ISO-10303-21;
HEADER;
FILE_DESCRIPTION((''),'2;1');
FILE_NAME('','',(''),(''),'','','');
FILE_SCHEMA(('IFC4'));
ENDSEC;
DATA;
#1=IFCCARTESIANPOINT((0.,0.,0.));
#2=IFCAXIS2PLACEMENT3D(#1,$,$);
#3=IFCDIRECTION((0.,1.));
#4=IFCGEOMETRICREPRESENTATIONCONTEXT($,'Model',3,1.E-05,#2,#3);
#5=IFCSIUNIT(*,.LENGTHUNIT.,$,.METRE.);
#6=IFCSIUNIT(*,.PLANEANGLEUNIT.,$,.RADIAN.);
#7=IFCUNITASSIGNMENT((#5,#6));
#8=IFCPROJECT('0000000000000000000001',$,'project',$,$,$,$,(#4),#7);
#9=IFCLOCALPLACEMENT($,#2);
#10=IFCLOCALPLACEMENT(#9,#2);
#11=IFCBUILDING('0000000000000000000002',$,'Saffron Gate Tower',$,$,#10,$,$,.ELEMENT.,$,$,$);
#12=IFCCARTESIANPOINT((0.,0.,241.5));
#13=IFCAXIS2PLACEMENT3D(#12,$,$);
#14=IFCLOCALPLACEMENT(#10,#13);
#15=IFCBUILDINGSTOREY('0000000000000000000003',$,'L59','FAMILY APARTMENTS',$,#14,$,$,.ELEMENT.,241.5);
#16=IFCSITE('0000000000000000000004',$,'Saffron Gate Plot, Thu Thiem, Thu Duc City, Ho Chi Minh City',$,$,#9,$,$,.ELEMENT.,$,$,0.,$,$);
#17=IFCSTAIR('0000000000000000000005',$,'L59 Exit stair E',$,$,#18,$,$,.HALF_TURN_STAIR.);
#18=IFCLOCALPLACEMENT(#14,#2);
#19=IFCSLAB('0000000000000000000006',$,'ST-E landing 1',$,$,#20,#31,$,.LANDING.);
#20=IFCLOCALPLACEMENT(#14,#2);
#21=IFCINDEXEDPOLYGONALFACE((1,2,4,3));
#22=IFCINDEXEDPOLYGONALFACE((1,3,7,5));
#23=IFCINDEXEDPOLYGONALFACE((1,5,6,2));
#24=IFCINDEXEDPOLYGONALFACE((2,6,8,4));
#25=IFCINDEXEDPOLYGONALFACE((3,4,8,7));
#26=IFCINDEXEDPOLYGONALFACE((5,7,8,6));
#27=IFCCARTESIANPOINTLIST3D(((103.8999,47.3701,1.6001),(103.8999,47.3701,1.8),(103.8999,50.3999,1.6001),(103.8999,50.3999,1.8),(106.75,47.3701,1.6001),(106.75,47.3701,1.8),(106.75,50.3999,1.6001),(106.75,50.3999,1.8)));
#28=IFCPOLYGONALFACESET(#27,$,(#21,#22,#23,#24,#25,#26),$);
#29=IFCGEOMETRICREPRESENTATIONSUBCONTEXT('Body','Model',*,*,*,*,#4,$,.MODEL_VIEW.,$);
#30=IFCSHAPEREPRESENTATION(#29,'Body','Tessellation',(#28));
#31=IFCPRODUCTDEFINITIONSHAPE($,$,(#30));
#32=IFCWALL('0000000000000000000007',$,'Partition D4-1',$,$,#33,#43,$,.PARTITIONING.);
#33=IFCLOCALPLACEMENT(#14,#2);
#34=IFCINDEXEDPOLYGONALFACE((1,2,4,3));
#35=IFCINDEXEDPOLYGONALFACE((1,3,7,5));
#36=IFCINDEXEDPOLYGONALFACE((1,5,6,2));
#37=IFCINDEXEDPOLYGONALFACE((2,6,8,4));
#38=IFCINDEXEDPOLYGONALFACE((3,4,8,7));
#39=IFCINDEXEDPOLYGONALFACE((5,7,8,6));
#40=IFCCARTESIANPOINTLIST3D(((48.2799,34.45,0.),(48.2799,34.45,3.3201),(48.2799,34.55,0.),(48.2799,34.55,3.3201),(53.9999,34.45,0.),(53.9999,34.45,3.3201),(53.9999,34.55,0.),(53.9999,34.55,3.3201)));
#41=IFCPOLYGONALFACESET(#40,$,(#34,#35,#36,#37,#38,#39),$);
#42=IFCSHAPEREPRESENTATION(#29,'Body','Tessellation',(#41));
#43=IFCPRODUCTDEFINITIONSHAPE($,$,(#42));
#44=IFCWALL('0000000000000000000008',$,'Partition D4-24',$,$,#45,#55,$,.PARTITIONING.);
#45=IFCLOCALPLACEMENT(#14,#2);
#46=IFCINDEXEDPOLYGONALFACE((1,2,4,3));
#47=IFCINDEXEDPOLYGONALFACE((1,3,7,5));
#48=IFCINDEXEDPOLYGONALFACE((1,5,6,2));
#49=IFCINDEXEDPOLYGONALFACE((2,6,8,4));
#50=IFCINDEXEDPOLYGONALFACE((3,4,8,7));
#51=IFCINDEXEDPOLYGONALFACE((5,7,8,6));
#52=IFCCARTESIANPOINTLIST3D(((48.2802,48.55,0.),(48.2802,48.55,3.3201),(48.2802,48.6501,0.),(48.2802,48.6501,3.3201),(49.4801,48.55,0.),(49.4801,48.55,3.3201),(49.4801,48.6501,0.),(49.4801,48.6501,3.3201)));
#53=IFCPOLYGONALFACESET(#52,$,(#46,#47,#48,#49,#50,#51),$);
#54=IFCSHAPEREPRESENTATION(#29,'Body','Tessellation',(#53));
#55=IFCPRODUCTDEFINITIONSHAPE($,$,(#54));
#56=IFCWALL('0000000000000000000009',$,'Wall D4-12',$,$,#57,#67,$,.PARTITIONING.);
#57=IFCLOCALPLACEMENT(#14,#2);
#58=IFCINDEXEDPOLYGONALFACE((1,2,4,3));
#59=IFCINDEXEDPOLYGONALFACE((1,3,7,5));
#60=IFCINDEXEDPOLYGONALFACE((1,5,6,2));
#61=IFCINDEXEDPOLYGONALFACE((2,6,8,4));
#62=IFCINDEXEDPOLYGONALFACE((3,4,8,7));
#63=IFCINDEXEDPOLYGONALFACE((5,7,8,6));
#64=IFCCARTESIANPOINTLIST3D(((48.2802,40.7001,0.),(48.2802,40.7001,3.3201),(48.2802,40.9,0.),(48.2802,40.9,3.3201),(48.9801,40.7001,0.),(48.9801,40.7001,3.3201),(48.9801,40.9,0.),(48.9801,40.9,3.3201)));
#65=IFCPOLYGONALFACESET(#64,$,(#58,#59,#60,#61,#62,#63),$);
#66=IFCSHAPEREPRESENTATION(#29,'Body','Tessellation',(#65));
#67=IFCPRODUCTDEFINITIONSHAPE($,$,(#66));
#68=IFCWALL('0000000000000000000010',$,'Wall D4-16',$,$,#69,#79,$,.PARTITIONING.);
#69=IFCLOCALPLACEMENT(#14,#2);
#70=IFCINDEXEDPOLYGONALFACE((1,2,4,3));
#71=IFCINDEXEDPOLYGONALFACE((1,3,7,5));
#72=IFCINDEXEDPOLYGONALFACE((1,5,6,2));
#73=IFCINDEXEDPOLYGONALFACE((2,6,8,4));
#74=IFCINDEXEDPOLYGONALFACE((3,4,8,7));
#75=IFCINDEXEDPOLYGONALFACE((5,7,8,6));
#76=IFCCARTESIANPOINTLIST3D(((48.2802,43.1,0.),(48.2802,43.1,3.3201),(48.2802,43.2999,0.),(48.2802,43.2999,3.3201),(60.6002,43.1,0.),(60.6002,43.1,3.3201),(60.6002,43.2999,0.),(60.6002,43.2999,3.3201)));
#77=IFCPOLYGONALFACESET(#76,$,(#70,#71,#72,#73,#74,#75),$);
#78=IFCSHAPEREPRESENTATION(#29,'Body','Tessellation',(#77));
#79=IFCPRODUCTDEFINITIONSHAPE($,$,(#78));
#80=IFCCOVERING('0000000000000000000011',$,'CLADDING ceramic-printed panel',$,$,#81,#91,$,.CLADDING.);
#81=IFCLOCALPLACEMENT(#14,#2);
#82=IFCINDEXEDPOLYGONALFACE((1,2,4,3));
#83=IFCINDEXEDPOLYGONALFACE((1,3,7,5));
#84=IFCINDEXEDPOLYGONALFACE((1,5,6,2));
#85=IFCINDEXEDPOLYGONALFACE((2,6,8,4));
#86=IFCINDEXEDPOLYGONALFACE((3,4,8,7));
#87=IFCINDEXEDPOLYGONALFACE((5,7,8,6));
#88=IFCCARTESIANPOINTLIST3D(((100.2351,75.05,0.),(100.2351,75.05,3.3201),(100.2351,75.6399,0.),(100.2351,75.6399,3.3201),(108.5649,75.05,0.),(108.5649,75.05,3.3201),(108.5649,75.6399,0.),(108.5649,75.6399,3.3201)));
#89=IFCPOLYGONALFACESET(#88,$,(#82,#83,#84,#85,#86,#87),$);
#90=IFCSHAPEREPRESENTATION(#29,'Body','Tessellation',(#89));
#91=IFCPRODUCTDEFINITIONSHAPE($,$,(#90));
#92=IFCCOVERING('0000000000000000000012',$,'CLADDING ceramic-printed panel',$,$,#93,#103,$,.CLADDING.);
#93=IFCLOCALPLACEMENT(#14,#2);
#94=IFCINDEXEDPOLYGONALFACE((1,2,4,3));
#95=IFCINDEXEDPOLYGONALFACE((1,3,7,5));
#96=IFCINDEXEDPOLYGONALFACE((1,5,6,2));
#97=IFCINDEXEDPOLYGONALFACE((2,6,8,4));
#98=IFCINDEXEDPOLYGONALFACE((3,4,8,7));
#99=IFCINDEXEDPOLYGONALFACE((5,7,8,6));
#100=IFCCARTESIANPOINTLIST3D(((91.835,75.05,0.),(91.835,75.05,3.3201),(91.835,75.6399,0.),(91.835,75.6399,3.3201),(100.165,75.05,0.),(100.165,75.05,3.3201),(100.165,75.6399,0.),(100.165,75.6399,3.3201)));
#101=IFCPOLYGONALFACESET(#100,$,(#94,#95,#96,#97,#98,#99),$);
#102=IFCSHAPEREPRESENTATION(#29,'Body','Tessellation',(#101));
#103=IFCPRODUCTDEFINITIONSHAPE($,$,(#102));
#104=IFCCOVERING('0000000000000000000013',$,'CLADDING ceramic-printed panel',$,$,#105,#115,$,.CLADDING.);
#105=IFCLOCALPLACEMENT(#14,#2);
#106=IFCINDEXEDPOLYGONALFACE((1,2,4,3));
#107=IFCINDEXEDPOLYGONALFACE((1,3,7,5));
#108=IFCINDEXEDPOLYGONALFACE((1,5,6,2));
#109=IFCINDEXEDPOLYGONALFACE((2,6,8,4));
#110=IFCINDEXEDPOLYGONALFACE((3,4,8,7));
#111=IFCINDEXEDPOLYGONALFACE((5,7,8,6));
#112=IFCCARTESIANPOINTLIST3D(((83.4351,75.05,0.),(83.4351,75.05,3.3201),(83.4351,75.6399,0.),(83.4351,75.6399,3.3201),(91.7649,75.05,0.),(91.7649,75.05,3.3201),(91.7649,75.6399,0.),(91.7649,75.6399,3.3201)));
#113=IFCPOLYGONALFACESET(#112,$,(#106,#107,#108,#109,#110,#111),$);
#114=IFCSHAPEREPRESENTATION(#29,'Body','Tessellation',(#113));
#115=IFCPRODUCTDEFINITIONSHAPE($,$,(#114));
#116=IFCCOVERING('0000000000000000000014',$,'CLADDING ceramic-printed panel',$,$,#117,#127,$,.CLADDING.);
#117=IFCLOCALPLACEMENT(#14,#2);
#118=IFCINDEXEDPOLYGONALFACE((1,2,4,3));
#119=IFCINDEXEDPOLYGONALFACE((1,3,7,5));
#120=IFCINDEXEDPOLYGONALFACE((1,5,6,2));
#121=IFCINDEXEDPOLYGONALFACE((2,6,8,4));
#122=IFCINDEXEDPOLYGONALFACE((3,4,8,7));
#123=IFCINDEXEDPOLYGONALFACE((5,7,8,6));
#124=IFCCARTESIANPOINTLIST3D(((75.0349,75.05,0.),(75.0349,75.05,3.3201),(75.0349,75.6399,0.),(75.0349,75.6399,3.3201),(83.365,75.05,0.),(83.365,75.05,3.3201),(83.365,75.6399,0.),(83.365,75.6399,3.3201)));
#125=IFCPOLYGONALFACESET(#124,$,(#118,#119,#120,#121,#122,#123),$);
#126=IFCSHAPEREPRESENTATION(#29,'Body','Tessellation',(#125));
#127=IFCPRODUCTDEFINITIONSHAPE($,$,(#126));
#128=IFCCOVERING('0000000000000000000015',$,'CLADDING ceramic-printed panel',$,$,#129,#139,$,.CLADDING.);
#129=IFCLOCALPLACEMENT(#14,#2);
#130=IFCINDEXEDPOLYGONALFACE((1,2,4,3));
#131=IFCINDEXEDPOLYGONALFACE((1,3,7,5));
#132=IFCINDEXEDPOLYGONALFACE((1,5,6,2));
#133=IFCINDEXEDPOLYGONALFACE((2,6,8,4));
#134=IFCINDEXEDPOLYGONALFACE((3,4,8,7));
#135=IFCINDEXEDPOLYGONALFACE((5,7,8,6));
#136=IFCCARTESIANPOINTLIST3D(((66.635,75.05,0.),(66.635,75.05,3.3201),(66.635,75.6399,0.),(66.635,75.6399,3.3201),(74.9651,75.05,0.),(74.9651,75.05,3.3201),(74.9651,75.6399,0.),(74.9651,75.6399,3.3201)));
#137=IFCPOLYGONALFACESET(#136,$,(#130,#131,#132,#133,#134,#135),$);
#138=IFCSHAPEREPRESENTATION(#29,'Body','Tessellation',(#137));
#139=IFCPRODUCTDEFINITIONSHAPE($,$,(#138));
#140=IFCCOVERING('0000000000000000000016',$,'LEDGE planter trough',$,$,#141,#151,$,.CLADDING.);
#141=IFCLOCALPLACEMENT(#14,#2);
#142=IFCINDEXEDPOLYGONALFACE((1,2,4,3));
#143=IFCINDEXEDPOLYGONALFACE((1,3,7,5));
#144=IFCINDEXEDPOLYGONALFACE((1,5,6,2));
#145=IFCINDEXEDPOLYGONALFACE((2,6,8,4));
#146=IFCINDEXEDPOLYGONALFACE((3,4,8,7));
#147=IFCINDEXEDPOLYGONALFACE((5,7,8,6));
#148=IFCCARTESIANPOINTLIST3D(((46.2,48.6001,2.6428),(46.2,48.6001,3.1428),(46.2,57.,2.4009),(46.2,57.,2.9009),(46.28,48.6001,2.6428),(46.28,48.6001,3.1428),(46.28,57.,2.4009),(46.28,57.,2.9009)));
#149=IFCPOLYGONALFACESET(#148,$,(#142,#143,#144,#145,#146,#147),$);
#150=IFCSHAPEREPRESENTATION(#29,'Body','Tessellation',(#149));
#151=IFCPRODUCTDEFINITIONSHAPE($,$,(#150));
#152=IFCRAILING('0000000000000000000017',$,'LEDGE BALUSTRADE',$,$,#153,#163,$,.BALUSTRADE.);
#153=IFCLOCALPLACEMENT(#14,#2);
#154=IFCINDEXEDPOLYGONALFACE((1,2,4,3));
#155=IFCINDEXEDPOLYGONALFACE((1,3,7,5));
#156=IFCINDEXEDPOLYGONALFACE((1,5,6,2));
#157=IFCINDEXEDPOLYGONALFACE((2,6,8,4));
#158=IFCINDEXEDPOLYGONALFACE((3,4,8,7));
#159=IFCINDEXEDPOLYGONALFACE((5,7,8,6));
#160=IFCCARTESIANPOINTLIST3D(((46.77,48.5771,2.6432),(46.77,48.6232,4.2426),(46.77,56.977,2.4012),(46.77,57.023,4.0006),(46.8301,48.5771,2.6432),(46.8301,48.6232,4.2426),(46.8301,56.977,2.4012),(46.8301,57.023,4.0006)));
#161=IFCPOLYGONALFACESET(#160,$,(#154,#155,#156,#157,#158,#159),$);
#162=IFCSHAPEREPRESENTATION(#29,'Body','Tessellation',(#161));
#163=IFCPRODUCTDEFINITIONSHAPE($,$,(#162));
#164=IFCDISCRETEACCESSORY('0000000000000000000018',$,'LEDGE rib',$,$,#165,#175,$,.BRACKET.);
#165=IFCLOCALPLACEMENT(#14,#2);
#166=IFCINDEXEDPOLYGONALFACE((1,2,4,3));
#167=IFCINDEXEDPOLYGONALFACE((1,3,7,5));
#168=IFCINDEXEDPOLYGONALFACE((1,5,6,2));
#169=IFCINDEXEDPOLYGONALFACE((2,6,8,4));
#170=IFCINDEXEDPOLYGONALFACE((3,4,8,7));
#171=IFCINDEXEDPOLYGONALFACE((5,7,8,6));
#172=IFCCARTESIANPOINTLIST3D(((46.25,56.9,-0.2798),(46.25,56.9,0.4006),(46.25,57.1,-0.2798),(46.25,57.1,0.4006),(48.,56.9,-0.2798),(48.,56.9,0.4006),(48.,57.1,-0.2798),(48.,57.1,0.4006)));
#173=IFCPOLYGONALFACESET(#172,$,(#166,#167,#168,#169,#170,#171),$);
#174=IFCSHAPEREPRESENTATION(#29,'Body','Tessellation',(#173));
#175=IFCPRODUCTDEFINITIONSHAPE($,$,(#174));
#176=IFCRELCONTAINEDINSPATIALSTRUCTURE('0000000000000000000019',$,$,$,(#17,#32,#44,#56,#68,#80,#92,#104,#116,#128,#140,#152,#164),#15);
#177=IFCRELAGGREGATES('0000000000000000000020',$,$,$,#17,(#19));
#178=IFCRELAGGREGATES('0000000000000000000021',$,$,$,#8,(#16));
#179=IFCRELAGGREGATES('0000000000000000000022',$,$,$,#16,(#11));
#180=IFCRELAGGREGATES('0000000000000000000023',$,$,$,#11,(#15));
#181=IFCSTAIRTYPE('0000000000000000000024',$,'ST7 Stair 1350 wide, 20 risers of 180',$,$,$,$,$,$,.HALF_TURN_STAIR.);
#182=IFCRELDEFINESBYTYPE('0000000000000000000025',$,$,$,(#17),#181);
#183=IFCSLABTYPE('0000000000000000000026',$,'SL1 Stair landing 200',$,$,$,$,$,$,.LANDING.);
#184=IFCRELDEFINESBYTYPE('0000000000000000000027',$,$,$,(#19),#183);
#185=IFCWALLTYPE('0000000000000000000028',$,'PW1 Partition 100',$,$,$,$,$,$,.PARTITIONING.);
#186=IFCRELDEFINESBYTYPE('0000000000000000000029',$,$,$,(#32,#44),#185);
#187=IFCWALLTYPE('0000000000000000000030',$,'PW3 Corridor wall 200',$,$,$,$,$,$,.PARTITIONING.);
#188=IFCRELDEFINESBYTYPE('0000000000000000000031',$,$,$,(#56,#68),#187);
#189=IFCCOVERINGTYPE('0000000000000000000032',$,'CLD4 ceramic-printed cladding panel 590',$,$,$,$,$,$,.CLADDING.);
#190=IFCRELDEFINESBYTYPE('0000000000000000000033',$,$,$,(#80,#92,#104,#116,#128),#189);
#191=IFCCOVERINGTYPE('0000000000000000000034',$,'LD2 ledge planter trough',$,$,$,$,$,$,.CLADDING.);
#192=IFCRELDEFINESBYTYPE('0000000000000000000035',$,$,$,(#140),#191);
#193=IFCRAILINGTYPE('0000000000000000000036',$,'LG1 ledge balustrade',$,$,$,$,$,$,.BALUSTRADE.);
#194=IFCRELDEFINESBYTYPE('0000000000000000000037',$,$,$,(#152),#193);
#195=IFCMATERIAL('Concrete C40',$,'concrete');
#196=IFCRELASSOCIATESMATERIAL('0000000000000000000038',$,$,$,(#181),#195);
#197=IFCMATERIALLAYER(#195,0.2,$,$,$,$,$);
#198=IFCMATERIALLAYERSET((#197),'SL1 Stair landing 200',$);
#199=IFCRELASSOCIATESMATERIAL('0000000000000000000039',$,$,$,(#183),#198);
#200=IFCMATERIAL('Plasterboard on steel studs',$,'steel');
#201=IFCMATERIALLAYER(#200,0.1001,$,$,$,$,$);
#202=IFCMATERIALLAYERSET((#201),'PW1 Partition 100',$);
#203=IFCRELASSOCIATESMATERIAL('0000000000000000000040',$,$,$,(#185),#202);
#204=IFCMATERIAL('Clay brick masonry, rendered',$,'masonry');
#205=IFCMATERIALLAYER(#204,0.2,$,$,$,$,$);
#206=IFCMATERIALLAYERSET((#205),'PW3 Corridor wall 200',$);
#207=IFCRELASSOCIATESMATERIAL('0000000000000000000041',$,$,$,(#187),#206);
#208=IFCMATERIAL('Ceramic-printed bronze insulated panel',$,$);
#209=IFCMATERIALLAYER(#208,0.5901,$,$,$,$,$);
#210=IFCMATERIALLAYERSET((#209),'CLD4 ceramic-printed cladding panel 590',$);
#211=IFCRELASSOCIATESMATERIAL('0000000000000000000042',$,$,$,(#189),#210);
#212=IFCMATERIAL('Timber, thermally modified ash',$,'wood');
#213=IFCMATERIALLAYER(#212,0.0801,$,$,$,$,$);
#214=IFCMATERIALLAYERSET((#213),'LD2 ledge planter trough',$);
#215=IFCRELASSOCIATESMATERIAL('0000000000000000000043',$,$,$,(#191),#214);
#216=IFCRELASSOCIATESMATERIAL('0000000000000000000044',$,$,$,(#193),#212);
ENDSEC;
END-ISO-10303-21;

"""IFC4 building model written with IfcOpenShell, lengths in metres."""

from ifc_helpers import new_model, si_unit, direction, frame, frame_2d, origin, origin_2d, place, context, subcontext, project, spatial, polyline, rectangle, outline, extrude, material, layer, layer_set, type_object, element, aggregate, save


model = new_model("IFC4")

# Units and contexts
model_context = context("Model", 3, precision=1e-05, world=origin(), true_north=direction((0.0, 1.0)))
body_context = subcontext(model_context, "Body", "Model", "MODEL_VIEW")
ifc_project = project(units=[si_unit("LENGTHUNIT", "METRE"), si_unit("PLANEANGLEUNIT", "RADIAN")], contexts=[model_context])

# Site, building, storey
site_placement = place(None, origin())
site = spatial("IfcSite", under=ifc_project, at=site_placement, Name="Saffron Gate Plot, Thu Thiem, Thu Duc City, Ho Chi Minh City", CompositionType="ELEMENT", RefElevation=0.0)
building_placement = place(site_placement, origin())
building = spatial("IfcBuilding", under=site, at=building_placement, Name="Saffron Gate Tower", CompositionType="ELEMENT")
storey_placement = place(building_placement, frame((0.0, 0.0, 241.5)))
storey = spatial("IfcBuildingStorey", under=building, at=storey_placement, Name="L59", Description="FAMILY APARTMENTS", CompositionType="ELEMENT", Elevation=241.5)

# Shared definitions
ifc_material_1 = material(Name="Concrete C40", Category="concrete")

# Stair, slab
stair_type = type_object("IfcStairType", Name="ST7 Stair 1350 wide, 20 risers of 180", PredefinedType="HALF_TURN_STAIR", material=ifc_material_1)
ifc_layer_1 = layer(ifc_material_1, 0.2)
ifc_layer_set_1 = layer_set([ifc_layer_1], Name="SL1 Stair landing 200")
slab_type_1 = type_object("IfcSlabType", Name="SL1 Stair landing 200", PredefinedType="LANDING", material=ifc_layer_set_1)
stair_1_placement = place(storey_placement, origin())
stair_1 = element("IfcStair", 1, at=stair_1_placement, inside=storey, type_object=stair_type, Name="L59 Exit stair E", PredefinedType="HALF_TURN_STAIR")
slab_1_placement = place(storey_placement, frame((0.0, 0.0, 1.6001)))
slab_1 = element("IfcSlab", 2, at=slab_1_placement, type_object=slab_type_1, Name="ST-E landing 1", PredefinedType="LANDING", context=body_context, shape_type="SweptSolid", body=[
    extrude(outline(polyline([(106.75, 47.3701), (106.75, 50.3999), (103.8999, 50.3999), (103.8999, 47.3701), (106.75, 47.3701)])), origin(), (0.0, 0.0, 1.0), 0.2),
])
aggregate(stair_1, [slab_1])

# Walls
ifc_material_2 = material(Name="Plasterboard on steel studs", Category="steel")
ifc_layer_2 = layer(ifc_material_2, 0.1001)
ifc_layer_set_2 = layer_set([ifc_layer_2], Name="PW1 Partition 100")
wall_type_1 = type_object("IfcWallType", Name="PW1 Partition 100", PredefinedType="PARTITIONING", material=ifc_layer_set_2)
wall_1_placement = place(storey_placement, frame((48.28, 34.5, 0.0), z_axis=(0.0, 0.0, 1.0), x_axis=(1.0, 0.0, 0.0)))
element("IfcWall", 3, at=wall_1_placement, inside=storey, type_object=wall_type_1, Name="Partition D4-1", PredefinedType="PARTITIONING", context=body_context, shape_type="SweptSolid", body=[
    extrude(rectangle(XDim=5.72, YDim=0.1001, at=frame_2d((2.8599, 0.0))), origin(), (0.0, 0.0, 1.0), 3.3201),
])
wall_2_placement = place(storey_placement, frame((48.28, 48.6001, 0.0), z_axis=(0.0, 0.0, 1.0), x_axis=(1.0, 0.0, 0.0)))
element("IfcWall", 4, at=wall_2_placement, inside=storey, type_object=wall_type_1, Name="Partition D4-24", PredefinedType="PARTITIONING", context=body_context, shape_type="SweptSolid", body=[
    extrude(rectangle(XDim=1.2, YDim=0.1001, at=frame_2d((0.6001, 0.0))), origin(), (0.0, 0.0, 1.0), 3.3201),
])
ifc_material_3 = material(Name="Clay brick masonry, rendered", Category="masonry")
ifc_layer_3 = layer(ifc_material_3, 0.2)
ifc_layer_set_3 = layer_set([ifc_layer_3], Name="PW3 Corridor wall 200")
wall_type_2 = type_object("IfcWallType", Name="PW3 Corridor wall 200", PredefinedType="PARTITIONING", material=ifc_layer_set_3)
wall_3_placement = place(storey_placement, frame((48.28, 40.8, 0.0), z_axis=(0.0, 0.0, 1.0), x_axis=(1.0, 0.0, 0.0)))
element("IfcWall", 5, at=wall_3_placement, inside=storey, type_object=wall_type_2, Name="Wall D4-12", PredefinedType="PARTITIONING", context=body_context, shape_type="SweptSolid", body=[
    extrude(rectangle(XDim=0.7, YDim=0.2, at=frame_2d((0.3501, 0.0))), origin(), (0.0, 0.0, 1.0), 3.3201),
])
wall_4_placement = place(storey_placement, frame((48.28, 43.2, 0.0), z_axis=(0.0, 0.0, 1.0), x_axis=(1.0, 0.0, 0.0)))
element("IfcWall", 6, at=wall_4_placement, inside=storey, type_object=wall_type_2, Name="Wall D4-16", PredefinedType="PARTITIONING", context=body_context, shape_type="SweptSolid", body=[
    extrude(rectangle(XDim=12.3201, YDim=0.2, at=frame_2d((6.1602, 0.0))), origin(), (0.0, 0.0, 1.0), 3.3201),
])

# Coverings
ifc_material_4 = material(Name="Ceramic-printed bronze insulated panel")
ifc_layer_4 = layer(ifc_material_4, 0.5901)
ifc_layer_set_4 = layer_set([ifc_layer_4], Name="CLD4 ceramic-printed cladding panel 590")
covering_type_1 = type_object("IfcCoveringType", Name="CLD4 ceramic-printed cladding panel 590", PredefinedType="CLADDING", material=ifc_layer_set_4)
covering_1_placement = place(storey_placement, origin())
element("IfcCovering", 7, at=covering_1_placement, inside=storey, type_object=covering_type_1, Name="CLADDING ceramic-printed panel", PredefinedType="CLADDING", context=body_context, shape_type="SweptSolid", body=[
    extrude(outline(polyline([(108.5649, 75.6399), (100.2351, 75.6399), (100.2351, 75.05), (108.5649, 75.05), (108.5649, 75.6399)])), origin(), (0.0, 0.0, 1.0), 3.3201),
])
covering_2_placement = place(storey_placement, origin())
element("IfcCovering", 8, at=covering_2_placement, inside=storey, type_object=covering_type_1, Name="CLADDING ceramic-printed panel", PredefinedType="CLADDING", context=body_context, shape_type="SweptSolid", body=[
    extrude(outline(polyline([(100.165, 75.6399), (91.835, 75.6399), (91.835, 75.05), (100.165, 75.05), (100.165, 75.6399)])), origin(), (0.0, 0.0, 1.0), 3.3201),
])
covering_3_placement = place(storey_placement, origin())
element("IfcCovering", 9, at=covering_3_placement, inside=storey, type_object=covering_type_1, Name="CLADDING ceramic-printed panel", PredefinedType="CLADDING", context=body_context, shape_type="SweptSolid", body=[
    extrude(outline(polyline([(91.7649, 75.6399), (83.4351, 75.6399), (83.4351, 75.05), (91.7649, 75.05), (91.7649, 75.6399)])), origin(), (0.0, 0.0, 1.0), 3.3201),
])
covering_4_placement = place(storey_placement, origin())
element("IfcCovering", 10, at=covering_4_placement, inside=storey, type_object=covering_type_1, Name="CLADDING ceramic-printed panel", PredefinedType="CLADDING", context=body_context, shape_type="SweptSolid", body=[
    extrude(outline(polyline([(83.365, 75.6399), (75.0349, 75.6399), (75.0349, 75.05), (83.365, 75.05), (83.365, 75.6399)])), origin(), (0.0, 0.0, 1.0), 3.3201),
])
covering_5_placement = place(storey_placement, origin())
element("IfcCovering", 11, at=covering_5_placement, inside=storey, type_object=covering_type_1, Name="CLADDING ceramic-printed panel", PredefinedType="CLADDING", context=body_context, shape_type="SweptSolid", body=[
    extrude(outline(polyline([(74.9651, 75.6399), (66.635, 75.6399), (66.635, 75.05), (74.9651, 75.05), (74.9651, 75.6399)])), origin(), (0.0, 0.0, 1.0), 3.3201),
])
ifc_material_5 = material(Name="Timber, thermally modified ash", Category="wood")
ifc_layer_5 = layer(ifc_material_5, 0.0801)
ifc_layer_set_5 = layer_set([ifc_layer_5], Name="LD2 ledge planter trough")
covering_type_2 = type_object("IfcCoveringType", Name="LD2 ledge planter trough", PredefinedType="CLADDING", material=ifc_layer_set_5)
covering_6_placement = place(storey_placement, frame((46.2, 57.0, 2.4009), z_axis=(-1.0, 0.0, 0.0), x_axis=(0.0, -0.999585, 0.028791)))
element("IfcCovering", 12, at=covering_6_placement, inside=storey, type_object=covering_type_2, Name="LEDGE planter trough", PredefinedType="CLADDING", context=body_context, shape_type="SweptSolid", body=[
    extrude(outline(polyline([(0.0, 0.0), (8.4034, 0.0), (8.4178, 0.4998), (0.0144, 0.4998), (0.0, 0.0)])), origin(), (0.0, 0.0, -1.0), 0.0801),
])

# Railing
railing_type = type_object("IfcRailingType", Name="LG1 ledge balustrade", PredefinedType="BALUSTRADE", material=ifc_material_5)
railing_placement = place(storey_placement, frame((46.8, 57.0, 2.4009)))
element("IfcRailing", 13, at=railing_placement, inside=storey, type_object=railing_type, Name="LEDGE BALUSTRADE", PredefinedType="BALUSTRADE", context=body_context, shape_type="SweptSolid", body=[
    extrude(rectangle(XDim=0.0601, YDim=1.6001, at=origin_2d()), frame((0.0, 0.0, 0.8), z_axis=(0.0, -0.999585, 0.028791), x_axis=(1.0, 0.0, 0.0)), (0.0, 0.0, 1.0), 8.4033),
])

# Discrete accessory
discrete_accessory_placement = place(storey_placement, frame((47.125, 57.0, -0.2798), z_axis=(0.0, 0.0, 1.0), x_axis=(0.0, -1.0, 0.0)))
element("IfcDiscreteAccessory", 14, at=discrete_accessory_placement, inside=storey, Name="LEDGE rib", PredefinedType="BRACKET", context=body_context, shape_type="SweptSolid", body=[
    extrude(rectangle(XDim=0.2, YDim=1.75, at=origin_2d()), origin(), (0.0, 0.0, 1.0), 0.6804),
])

save(model, "model.ifc")
